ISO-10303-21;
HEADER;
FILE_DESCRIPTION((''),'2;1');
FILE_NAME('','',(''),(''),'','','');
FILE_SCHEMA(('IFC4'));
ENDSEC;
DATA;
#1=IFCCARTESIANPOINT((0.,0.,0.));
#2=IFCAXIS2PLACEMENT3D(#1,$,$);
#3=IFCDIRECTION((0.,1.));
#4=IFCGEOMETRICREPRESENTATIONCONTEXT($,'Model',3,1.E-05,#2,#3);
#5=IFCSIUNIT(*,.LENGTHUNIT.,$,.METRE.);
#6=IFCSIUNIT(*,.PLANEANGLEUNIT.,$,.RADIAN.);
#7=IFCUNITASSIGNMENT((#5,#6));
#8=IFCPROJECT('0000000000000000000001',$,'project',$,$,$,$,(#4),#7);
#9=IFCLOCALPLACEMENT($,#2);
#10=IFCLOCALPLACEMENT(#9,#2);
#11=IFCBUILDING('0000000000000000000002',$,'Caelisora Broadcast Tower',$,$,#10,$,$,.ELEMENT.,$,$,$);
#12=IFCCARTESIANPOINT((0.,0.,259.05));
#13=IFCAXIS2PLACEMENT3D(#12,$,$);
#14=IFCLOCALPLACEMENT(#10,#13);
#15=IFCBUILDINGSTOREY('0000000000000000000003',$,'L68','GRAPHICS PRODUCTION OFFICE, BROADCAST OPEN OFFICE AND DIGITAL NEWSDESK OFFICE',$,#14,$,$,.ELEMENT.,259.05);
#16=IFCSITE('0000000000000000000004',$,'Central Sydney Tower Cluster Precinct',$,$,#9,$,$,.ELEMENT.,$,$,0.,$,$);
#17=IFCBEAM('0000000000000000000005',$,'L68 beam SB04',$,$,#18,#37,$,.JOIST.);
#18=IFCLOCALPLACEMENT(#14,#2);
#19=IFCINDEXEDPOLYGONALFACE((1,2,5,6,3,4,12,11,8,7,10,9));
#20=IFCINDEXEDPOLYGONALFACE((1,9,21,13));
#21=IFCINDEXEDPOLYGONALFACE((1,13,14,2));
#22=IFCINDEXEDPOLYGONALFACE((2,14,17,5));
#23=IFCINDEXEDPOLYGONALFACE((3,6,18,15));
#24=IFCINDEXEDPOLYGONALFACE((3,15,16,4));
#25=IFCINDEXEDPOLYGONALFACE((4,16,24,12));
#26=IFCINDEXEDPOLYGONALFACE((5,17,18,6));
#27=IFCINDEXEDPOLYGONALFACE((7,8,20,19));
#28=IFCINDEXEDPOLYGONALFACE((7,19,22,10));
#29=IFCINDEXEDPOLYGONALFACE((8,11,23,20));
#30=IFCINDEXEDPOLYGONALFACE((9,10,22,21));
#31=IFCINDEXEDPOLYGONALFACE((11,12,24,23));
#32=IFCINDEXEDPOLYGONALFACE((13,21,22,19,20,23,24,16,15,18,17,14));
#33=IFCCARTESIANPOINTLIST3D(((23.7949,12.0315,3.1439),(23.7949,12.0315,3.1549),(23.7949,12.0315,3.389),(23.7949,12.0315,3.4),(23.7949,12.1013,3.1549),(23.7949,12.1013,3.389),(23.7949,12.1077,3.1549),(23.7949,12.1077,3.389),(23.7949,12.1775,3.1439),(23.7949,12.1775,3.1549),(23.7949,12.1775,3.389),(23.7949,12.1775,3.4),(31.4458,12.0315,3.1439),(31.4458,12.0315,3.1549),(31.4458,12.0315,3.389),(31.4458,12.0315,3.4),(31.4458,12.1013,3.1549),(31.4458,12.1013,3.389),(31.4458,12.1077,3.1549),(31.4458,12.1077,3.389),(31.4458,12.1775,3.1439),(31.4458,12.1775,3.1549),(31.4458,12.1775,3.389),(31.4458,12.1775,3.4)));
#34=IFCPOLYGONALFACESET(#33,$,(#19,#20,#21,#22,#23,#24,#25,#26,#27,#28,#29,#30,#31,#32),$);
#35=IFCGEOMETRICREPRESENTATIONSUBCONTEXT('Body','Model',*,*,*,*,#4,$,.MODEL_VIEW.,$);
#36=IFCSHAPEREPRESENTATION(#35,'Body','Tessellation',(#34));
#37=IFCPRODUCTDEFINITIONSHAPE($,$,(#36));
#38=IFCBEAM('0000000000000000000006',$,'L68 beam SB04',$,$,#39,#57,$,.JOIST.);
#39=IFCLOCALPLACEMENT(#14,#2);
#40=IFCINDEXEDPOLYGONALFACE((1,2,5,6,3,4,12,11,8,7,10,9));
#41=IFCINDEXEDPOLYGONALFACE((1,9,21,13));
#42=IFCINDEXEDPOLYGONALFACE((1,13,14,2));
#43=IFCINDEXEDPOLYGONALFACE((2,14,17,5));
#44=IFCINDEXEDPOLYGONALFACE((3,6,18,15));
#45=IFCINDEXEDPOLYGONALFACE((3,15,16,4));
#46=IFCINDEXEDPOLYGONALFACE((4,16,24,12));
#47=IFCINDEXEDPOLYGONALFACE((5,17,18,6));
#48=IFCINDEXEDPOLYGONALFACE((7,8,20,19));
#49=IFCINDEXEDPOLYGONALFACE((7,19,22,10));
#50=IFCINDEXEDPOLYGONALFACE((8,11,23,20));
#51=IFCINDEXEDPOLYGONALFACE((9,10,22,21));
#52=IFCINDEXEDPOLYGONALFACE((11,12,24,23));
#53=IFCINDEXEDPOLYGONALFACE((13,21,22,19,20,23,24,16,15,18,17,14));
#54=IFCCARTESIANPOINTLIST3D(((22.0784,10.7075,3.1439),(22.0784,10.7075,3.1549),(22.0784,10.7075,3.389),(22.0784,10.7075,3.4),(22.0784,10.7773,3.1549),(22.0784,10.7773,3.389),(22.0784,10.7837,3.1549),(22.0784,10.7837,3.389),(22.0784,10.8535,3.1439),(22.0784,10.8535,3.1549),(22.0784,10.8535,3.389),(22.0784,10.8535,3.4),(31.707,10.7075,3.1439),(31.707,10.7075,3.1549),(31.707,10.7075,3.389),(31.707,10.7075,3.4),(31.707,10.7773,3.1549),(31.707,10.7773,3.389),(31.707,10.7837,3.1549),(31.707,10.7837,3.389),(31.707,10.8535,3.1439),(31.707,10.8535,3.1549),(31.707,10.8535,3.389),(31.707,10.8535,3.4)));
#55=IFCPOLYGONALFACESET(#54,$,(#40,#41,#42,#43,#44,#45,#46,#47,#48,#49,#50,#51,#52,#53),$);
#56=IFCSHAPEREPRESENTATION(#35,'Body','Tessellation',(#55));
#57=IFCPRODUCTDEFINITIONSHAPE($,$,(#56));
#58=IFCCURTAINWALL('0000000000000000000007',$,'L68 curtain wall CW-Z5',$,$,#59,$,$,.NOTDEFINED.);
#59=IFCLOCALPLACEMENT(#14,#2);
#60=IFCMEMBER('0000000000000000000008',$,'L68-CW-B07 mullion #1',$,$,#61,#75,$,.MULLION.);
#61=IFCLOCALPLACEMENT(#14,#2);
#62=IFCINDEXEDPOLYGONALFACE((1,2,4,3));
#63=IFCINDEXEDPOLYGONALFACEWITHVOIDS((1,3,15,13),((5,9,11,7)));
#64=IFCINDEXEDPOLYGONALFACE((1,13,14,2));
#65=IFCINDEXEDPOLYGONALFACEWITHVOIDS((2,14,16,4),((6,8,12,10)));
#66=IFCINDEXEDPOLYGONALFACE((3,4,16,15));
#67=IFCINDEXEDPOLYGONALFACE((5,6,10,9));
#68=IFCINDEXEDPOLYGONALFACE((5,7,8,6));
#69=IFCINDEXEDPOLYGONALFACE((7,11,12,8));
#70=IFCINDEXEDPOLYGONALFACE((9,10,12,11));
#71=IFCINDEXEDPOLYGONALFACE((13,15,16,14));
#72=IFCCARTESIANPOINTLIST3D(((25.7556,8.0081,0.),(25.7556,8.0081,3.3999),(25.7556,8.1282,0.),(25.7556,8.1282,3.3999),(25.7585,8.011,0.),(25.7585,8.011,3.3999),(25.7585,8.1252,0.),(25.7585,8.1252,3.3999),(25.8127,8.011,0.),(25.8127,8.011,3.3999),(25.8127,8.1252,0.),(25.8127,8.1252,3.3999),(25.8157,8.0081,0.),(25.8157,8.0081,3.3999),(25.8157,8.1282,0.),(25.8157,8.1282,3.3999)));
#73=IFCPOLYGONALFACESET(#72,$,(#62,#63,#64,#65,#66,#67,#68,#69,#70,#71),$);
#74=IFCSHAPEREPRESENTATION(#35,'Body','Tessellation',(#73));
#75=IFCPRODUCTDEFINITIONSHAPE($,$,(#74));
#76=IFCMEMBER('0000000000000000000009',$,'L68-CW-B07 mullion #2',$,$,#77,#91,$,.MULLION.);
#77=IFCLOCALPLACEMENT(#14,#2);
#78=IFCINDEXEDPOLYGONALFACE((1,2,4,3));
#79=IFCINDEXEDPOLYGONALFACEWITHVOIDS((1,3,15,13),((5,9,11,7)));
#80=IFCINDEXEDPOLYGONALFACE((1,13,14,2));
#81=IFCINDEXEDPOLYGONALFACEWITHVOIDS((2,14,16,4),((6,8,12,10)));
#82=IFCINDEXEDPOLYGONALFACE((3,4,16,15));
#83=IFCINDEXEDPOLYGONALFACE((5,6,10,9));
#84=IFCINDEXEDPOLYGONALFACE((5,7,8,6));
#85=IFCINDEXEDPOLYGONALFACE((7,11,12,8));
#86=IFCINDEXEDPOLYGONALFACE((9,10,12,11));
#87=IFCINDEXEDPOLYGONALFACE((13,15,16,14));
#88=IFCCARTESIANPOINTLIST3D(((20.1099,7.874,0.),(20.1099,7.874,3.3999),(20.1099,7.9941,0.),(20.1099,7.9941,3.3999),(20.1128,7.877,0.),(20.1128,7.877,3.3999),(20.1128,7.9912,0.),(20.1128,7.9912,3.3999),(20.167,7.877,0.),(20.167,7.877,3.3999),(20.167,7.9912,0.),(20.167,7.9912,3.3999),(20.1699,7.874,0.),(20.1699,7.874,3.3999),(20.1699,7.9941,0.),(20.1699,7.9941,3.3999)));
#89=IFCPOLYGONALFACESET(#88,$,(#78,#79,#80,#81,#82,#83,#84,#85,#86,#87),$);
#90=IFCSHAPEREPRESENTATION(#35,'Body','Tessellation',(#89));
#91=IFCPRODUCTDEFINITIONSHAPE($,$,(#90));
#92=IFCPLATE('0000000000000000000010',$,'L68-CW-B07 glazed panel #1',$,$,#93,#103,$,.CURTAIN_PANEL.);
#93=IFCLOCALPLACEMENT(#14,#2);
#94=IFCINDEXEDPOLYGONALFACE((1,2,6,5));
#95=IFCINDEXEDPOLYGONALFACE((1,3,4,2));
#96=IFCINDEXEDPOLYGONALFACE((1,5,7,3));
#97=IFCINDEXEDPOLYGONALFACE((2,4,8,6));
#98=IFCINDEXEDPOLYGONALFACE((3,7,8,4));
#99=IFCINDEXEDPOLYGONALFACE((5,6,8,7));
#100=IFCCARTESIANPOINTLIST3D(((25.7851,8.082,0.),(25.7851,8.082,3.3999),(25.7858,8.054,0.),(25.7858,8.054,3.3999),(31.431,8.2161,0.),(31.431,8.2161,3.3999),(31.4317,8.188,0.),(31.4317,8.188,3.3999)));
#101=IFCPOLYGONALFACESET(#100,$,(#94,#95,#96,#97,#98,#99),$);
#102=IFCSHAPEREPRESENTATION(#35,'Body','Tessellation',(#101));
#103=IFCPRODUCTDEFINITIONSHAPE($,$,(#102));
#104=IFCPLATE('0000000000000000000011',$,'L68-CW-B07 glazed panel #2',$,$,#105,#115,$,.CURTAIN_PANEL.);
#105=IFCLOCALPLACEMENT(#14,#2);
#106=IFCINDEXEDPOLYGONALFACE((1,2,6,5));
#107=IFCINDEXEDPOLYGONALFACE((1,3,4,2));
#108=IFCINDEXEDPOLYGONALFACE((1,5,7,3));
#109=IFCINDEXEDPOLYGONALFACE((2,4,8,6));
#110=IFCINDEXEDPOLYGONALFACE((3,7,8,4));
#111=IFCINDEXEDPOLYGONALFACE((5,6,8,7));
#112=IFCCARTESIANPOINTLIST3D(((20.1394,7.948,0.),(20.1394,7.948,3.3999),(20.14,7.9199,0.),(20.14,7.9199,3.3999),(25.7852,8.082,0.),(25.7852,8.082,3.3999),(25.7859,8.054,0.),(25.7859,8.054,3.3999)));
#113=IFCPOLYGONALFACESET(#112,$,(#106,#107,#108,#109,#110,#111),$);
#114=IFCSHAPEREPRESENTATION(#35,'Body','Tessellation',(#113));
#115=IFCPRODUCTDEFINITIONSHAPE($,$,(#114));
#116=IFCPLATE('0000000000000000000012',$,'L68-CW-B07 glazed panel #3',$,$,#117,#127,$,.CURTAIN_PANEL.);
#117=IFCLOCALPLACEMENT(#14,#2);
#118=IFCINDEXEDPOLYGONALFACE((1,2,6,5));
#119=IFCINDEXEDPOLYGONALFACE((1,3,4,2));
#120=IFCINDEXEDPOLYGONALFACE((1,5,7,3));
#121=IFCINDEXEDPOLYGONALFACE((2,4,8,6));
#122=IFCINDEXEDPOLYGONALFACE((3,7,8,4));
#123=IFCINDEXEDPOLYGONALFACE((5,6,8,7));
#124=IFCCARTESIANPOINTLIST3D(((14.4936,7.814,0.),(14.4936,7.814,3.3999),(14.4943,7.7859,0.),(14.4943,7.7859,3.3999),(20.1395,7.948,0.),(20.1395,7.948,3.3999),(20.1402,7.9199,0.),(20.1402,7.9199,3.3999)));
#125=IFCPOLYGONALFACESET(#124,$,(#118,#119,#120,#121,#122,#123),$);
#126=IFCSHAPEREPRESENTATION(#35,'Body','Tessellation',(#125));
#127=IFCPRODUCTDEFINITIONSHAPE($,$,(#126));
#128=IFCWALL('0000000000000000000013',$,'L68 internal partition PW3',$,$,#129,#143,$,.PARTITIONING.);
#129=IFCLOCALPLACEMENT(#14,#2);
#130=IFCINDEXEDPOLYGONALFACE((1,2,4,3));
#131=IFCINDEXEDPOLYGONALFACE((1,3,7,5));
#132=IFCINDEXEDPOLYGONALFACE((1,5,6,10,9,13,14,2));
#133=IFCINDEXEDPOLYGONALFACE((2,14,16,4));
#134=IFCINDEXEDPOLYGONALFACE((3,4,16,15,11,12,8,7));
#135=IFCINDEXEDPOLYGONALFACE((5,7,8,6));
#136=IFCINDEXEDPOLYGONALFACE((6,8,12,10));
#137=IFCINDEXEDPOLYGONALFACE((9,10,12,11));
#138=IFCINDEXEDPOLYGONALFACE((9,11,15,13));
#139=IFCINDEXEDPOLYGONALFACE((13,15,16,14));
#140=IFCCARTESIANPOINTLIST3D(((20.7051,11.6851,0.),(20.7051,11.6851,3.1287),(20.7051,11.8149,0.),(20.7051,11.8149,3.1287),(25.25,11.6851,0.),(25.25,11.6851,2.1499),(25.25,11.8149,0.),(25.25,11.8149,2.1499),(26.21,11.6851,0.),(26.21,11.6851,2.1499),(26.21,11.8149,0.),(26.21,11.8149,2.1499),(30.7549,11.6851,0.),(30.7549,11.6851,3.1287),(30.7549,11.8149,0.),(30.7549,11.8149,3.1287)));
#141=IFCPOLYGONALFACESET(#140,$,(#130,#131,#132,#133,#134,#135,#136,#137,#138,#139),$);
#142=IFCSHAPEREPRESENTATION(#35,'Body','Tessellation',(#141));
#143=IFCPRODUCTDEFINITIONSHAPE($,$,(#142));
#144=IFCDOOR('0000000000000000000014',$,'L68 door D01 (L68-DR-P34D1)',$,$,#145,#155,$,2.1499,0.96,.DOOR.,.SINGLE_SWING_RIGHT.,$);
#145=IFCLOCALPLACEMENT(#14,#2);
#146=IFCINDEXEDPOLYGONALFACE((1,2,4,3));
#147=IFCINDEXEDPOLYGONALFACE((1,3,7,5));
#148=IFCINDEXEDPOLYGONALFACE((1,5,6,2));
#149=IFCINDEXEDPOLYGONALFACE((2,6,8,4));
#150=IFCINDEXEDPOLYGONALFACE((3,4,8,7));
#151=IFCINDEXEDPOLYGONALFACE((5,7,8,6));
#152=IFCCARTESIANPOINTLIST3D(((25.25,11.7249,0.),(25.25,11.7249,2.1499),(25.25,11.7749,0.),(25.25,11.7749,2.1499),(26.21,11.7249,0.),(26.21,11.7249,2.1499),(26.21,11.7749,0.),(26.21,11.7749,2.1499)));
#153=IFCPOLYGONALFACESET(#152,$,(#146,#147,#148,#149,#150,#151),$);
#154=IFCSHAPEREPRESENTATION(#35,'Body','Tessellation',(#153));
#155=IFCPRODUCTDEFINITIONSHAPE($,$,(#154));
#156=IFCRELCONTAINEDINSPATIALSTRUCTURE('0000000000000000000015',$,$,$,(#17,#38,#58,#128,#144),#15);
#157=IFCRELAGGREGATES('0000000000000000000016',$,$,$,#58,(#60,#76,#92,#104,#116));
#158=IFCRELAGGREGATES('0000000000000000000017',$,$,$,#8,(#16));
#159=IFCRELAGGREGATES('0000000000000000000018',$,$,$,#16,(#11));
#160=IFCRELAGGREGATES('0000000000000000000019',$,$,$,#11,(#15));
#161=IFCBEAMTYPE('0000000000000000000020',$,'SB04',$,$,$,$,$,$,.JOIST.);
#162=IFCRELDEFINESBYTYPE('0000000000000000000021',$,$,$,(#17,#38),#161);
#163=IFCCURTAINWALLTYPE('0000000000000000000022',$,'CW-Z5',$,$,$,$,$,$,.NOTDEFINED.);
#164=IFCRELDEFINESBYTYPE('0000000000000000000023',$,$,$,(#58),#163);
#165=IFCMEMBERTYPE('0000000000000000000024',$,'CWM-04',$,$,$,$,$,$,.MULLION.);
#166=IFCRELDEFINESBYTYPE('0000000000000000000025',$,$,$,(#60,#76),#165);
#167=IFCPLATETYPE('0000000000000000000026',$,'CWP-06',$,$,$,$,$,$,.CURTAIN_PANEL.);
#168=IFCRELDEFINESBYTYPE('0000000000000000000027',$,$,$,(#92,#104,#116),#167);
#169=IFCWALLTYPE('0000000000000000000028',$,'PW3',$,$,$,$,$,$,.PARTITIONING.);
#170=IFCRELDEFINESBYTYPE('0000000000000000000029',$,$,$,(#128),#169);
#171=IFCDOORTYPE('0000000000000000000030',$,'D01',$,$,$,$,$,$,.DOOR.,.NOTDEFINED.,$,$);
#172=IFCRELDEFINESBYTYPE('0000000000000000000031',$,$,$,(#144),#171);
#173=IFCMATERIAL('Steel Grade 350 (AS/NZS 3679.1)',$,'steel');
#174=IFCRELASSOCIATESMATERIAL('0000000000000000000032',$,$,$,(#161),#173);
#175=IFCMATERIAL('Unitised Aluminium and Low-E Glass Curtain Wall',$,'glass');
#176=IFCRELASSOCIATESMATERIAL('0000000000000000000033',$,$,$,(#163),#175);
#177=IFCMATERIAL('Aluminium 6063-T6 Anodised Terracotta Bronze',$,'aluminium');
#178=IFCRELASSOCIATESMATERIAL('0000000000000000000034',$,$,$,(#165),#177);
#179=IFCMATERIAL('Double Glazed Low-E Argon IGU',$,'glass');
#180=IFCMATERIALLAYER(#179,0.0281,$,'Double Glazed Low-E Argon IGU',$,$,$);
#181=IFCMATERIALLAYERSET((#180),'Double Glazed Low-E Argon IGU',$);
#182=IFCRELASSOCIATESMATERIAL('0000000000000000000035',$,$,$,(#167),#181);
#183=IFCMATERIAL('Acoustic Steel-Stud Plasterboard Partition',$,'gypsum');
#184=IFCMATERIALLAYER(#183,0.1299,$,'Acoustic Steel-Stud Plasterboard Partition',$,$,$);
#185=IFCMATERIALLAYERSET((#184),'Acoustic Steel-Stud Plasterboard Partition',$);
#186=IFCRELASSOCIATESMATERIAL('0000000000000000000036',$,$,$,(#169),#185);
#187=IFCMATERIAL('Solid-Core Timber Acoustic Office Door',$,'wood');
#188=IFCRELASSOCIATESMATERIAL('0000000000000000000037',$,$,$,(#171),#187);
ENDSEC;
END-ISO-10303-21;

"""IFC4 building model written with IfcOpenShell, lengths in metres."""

from ifc_helpers import new_model, si_unit, direction, frame, frame_2d, origin, origin_2d, place, context, subcontext, project, spatial, rectangle, hollow_rectangle, i_section, extrude, source, transform, mapped, material, layer, layer_set, material_profile, profile_set, type_object, type_shapes, element, fill, aggregate, save


model = new_model("IFC4")

# Units and contexts
model_context = context("Model", 3, precision=1e-05, world=origin(), true_north=direction((0.0, 1.0)))
body_context = subcontext(model_context, "Body", "Model", "MODEL_VIEW")
ifc_project = project(units=[si_unit("LENGTHUNIT", "METRE"), si_unit("PLANEANGLEUNIT", "RADIAN")], contexts=[model_context])

# Site, building, storey
site_placement = place(None, origin())
site = spatial("IfcSite", under=ifc_project, at=site_placement, Name="Central Sydney Tower Cluster Precinct", CompositionType="ELEMENT", RefElevation=0.0)
building_placement = place(site_placement, origin())
building = spatial("IfcBuilding", under=site, at=building_placement, Name="Caelisora Broadcast Tower", CompositionType="ELEMENT")
storey_placement = place(building_placement, frame((0.0, 0.0, 259.05)))
storey = spatial("IfcBuildingStorey", under=building, at=storey_placement, Name="L68", Description="GRAPHICS PRODUCTION OFFICE, BROADCAST OPEN OFFICE AND DIGITAL NEWSDESK OFFICE", CompositionType="ELEMENT", Elevation=259.05)

# Beams
ifc_material_1 = material(Name="Steel Grade 350 (AS/NZS 3679.1)", Category="steel")
ifc_material_profile_1 = material_profile(ifc_material_1, i_section(OverallWidth=0.146, OverallDepth=0.2561, WebThickness=0.0063, FlangeThickness=0.011, at=origin_2d()), Name="Steel Grade 350 (AS/NZS 3679.1)")
ifc_profile_set_1 = profile_set([ifc_material_profile_1], Name="Steel Grade 350 (AS/NZS 3679.1)")
beam_type_1 = type_object("IfcBeamType", Name="SB04", PredefinedType="JOIST", material=ifc_profile_set_1)
shared_shape_1 = source(origin(), body_context, "Body", "SweptSolid", [
    extrude(i_section(OverallWidth=0.146, OverallDepth=0.2561, WebThickness=0.0063, FlangeThickness=0.011, at=origin_2d()), origin(), (0.0, 0.0, 1.0), 7.6509),
])
beam_1_placement = place(storey_placement, frame((23.7949, 12.1045, 3.272), z_axis=(1.0, 0.0, 0.0), x_axis=(0.0, 1.0, 0.0)))
element("IfcBeam", 1, at=beam_1_placement, inside=storey, type_object=beam_type_1, Name="L68 beam SB04", PredefinedType="JOIST", context=body_context, shape_type="MappedRepresentation", body=[
    mapped(shared_shape_1, transform((0.0, 0.0, 0.0), scale=1.0)),
])
shared_shape_2 = source(origin(), body_context, "Body", "SweptSolid", [
    extrude(i_section(OverallWidth=0.146, OverallDepth=0.2561, WebThickness=0.0063, FlangeThickness=0.011, at=origin_2d()), origin(), (0.0, 0.0, 1.0), 9.6287),
])
beam_2_placement = place(storey_placement, frame((22.0784, 10.7805, 3.272), z_axis=(1.0, 0.0, 0.0), x_axis=(0.0, 1.0, 0.0)))
element("IfcBeam", 2, at=beam_2_placement, inside=storey, type_object=beam_type_1, Name="L68 beam SB04", PredefinedType="JOIST", context=body_context, shape_type="MappedRepresentation", body=[
    mapped(shared_shape_2, transform((0.0, 0.0, 0.0), scale=1.0)),
])

# Curtain wall, members, plates
ifc_material_2 = material(Name="Unitised Aluminium and Low-E Glass Curtain Wall", Category="glass")
curtain_wall_type = type_object("IfcCurtainWallType", Name="CW-Z5", PredefinedType="NOTDEFINED", material=ifc_material_2)
curtain_wall_placement = place(storey_placement, origin())
curtain_wall = element("IfcCurtainWall", 3, at=curtain_wall_placement, inside=storey, type_object=curtain_wall_type, Name="L68 curtain wall CW-Z5", PredefinedType="NOTDEFINED")
ifc_material_3 = material(Name="Aluminium 6063-T6 Anodised Terracotta Bronze", Category="aluminium")
ifc_material_profile_2 = material_profile(ifc_material_3, hollow_rectangle(XDim=0.0601, YDim=0.1201, WallThickness=0.0029, at=origin_2d()), Name="Aluminium 6063-T6 Anodised Terracotta Bronze")
ifc_profile_set_2 = profile_set([ifc_material_profile_2], Name="Aluminium 6063-T6 Anodised Terracotta Bronze")
member_type = type_object("IfcMemberType", Name="CWM-04", PredefinedType="MULLION", material=ifc_profile_set_2)
shared_shape_3 = source(origin(), body_context, "Body", "SweptSolid", [
    extrude(hollow_rectangle(XDim=0.0601, YDim=0.1201, WallThickness=0.0029, at=origin_2d()), origin(), (0.0, 0.0, 1.0), 3.3999),
])
type_shapes(member_type, [shared_shape_3])
member_1_placement = place(storey_placement, frame((25.7856, 8.0681, 0.0), z_axis=(0.0, 0.0, 1.0), x_axis=(1.0, 0.0, 0.0)))
member_1 = element("IfcMember", 4, at=member_1_placement, type_object=member_type, Name="L68-CW-B07 mullion #1", PredefinedType="MULLION", context=body_context, shape_type="MappedRepresentation", body=[
    mapped(shared_shape_3, transform((0.0, 0.0, 0.0), scale=1.0)),
])
member_2_placement = place(storey_placement, frame((20.1399, 7.9341, 0.0), z_axis=(0.0, 0.0, 1.0), x_axis=(1.0, 0.0, 0.0)))
member_2 = element("IfcMember", 5, at=member_2_placement, type_object=member_type, Name="L68-CW-B07 mullion #2", PredefinedType="MULLION", context=body_context, shape_type="MappedRepresentation", body=[
    mapped(shared_shape_3, transform((0.0, 0.0, 0.0), scale=1.0)),
])
ifc_material_4 = material(Name="Double Glazed Low-E Argon IGU", Category="glass")
ifc_layer_1 = layer(ifc_material_4, 0.0281, Name="Double Glazed Low-E Argon IGU")
ifc_layer_set_1 = layer_set([ifc_layer_1], Name="Double Glazed Low-E Argon IGU")
plate_type = type_object("IfcPlateType", Name="CWP-06", PredefinedType="CURTAIN_PANEL", material=ifc_layer_set_1)
shared_shape_4 = source(origin(), body_context, "Body", "SweptSolid", [
    extrude(rectangle(XDim=5.6475, YDim=0.0281, at=origin_2d()), origin(), (0.0, 0.0, 1.0), 3.3999),
])
type_shapes(plate_type, [shared_shape_4])
plate_1_placement = place(storey_placement, frame((28.6084, 8.135, 0.0), z_axis=(0.0, 0.0, 1.0), x_axis=(-0.999718, -0.023734, 0.0)))
plate_1 = element("IfcPlate", 6, at=plate_1_placement, type_object=plate_type, Name="L68-CW-B07 glazed panel #1", PredefinedType="CURTAIN_PANEL", context=body_context, shape_type="MappedRepresentation", body=[
    mapped(shared_shape_4, transform((0.0, 0.0, 0.0), scale=1.0)),
])
plate_2_placement = place(storey_placement, frame((22.9626, 8.001, 0.0), z_axis=(0.0, 0.0, 1.0), x_axis=(-0.999718, -0.023734, 0.0)))
plate_2 = element("IfcPlate", 7, at=plate_2_placement, type_object=plate_type, Name="L68-CW-B07 glazed panel #2", PredefinedType="CURTAIN_PANEL", context=body_context, shape_type="MappedRepresentation", body=[
    mapped(shared_shape_4, transform((0.0, 0.0, 0.0), scale=1.0)),
])
plate_3_placement = place(storey_placement, frame((17.3169, 7.8669, 0.0), z_axis=(0.0, 0.0, 1.0), x_axis=(-0.999718, -0.023734, 0.0)))
plate_3 = element("IfcPlate", 8, at=plate_3_placement, type_object=plate_type, Name="L68-CW-B07 glazed panel #3", PredefinedType="CURTAIN_PANEL", context=body_context, shape_type="MappedRepresentation", body=[
    mapped(shared_shape_4, transform((0.0, 0.0, 0.0), scale=1.0)),
])
aggregate(curtain_wall, [member_1, member_2, plate_1, plate_2, plate_3])

# Wall, opening, door
ifc_material_5 = material(Name="Acoustic Steel-Stud Plasterboard Partition", Category="gypsum")
ifc_layer_2 = layer(ifc_material_5, 0.1299, Name="Acoustic Steel-Stud Plasterboard Partition")
ifc_layer_set_2 = layer_set([ifc_layer_2], Name="Acoustic Steel-Stud Plasterboard Partition")
wall_type = type_object("IfcWallType", Name="PW3", PredefinedType="PARTITIONING", material=ifc_layer_set_2)
wall_1_placement = place(storey_placement, frame((20.7051, 11.75, 0.0), z_axis=(0.0, 0.0, 1.0), x_axis=(1.0, 0.0, 0.0)))
wall_1 = element("IfcWall", 9, at=wall_1_placement, inside=storey, type_object=wall_type, Name="L68 internal partition PW3", PredefinedType="PARTITIONING", context=body_context, shape_type="SweptSolid", body=[
    extrude(rectangle(XDim=10.0498, YDim=0.1299, at=frame_2d((5.0249, 0.0))), origin(), (0.0, 0.0, 1.0), 3.1287),
])
opening_1_placement = place(wall_1_placement, frame((4.5449, 0.0, 0.0)))
opening_1 = element("IfcOpeningElement", 10, at=opening_1_placement, cuts=wall_1, PredefinedType="OPENING", context=body_context, shape_type="SweptSolid", body=[
    extrude(rectangle(XDim=0.96, YDim=2.1499, at=frame_2d((0.48, 1.075))), frame((0.0, 0.0769, 0.0), z_axis=(0.0, -1.0, 0.0), x_axis=(1.0, 0.0, 0.0)), (0.0, 0.0, 1.0), 0.1538),
])
ifc_material_6 = material(Name="Solid-Core Timber Acoustic Office Door", Category="wood")
door_type = type_object("IfcDoorType", Name="D01", OperationType="NOTDEFINED", PredefinedType="DOOR", material=ifc_material_6)
door_1_placement = place(opening_1_placement, origin())
door_1 = element("IfcDoor", 11, at=door_1_placement, inside=storey, type_object=door_type, Name="L68 door D01 (L68-DR-P34D1)", OperationType="SINGLE_SWING_RIGHT", OverallHeight=2.1499, OverallWidth=0.96, PredefinedType="DOOR", context=body_context, shape_type="SweptSolid", body=[
    extrude(rectangle(XDim=0.96, YDim=2.1499, at=frame_2d((0.48, 1.075))), frame((0.0, 0.0249, 0.0), z_axis=(0.0, -1.0, 0.0), x_axis=(1.0, 0.0, 0.0)), (0.0, 0.0, 1.0), 0.05),
])
fill(opening_1, door_1)

save(model, "model.ifc")
